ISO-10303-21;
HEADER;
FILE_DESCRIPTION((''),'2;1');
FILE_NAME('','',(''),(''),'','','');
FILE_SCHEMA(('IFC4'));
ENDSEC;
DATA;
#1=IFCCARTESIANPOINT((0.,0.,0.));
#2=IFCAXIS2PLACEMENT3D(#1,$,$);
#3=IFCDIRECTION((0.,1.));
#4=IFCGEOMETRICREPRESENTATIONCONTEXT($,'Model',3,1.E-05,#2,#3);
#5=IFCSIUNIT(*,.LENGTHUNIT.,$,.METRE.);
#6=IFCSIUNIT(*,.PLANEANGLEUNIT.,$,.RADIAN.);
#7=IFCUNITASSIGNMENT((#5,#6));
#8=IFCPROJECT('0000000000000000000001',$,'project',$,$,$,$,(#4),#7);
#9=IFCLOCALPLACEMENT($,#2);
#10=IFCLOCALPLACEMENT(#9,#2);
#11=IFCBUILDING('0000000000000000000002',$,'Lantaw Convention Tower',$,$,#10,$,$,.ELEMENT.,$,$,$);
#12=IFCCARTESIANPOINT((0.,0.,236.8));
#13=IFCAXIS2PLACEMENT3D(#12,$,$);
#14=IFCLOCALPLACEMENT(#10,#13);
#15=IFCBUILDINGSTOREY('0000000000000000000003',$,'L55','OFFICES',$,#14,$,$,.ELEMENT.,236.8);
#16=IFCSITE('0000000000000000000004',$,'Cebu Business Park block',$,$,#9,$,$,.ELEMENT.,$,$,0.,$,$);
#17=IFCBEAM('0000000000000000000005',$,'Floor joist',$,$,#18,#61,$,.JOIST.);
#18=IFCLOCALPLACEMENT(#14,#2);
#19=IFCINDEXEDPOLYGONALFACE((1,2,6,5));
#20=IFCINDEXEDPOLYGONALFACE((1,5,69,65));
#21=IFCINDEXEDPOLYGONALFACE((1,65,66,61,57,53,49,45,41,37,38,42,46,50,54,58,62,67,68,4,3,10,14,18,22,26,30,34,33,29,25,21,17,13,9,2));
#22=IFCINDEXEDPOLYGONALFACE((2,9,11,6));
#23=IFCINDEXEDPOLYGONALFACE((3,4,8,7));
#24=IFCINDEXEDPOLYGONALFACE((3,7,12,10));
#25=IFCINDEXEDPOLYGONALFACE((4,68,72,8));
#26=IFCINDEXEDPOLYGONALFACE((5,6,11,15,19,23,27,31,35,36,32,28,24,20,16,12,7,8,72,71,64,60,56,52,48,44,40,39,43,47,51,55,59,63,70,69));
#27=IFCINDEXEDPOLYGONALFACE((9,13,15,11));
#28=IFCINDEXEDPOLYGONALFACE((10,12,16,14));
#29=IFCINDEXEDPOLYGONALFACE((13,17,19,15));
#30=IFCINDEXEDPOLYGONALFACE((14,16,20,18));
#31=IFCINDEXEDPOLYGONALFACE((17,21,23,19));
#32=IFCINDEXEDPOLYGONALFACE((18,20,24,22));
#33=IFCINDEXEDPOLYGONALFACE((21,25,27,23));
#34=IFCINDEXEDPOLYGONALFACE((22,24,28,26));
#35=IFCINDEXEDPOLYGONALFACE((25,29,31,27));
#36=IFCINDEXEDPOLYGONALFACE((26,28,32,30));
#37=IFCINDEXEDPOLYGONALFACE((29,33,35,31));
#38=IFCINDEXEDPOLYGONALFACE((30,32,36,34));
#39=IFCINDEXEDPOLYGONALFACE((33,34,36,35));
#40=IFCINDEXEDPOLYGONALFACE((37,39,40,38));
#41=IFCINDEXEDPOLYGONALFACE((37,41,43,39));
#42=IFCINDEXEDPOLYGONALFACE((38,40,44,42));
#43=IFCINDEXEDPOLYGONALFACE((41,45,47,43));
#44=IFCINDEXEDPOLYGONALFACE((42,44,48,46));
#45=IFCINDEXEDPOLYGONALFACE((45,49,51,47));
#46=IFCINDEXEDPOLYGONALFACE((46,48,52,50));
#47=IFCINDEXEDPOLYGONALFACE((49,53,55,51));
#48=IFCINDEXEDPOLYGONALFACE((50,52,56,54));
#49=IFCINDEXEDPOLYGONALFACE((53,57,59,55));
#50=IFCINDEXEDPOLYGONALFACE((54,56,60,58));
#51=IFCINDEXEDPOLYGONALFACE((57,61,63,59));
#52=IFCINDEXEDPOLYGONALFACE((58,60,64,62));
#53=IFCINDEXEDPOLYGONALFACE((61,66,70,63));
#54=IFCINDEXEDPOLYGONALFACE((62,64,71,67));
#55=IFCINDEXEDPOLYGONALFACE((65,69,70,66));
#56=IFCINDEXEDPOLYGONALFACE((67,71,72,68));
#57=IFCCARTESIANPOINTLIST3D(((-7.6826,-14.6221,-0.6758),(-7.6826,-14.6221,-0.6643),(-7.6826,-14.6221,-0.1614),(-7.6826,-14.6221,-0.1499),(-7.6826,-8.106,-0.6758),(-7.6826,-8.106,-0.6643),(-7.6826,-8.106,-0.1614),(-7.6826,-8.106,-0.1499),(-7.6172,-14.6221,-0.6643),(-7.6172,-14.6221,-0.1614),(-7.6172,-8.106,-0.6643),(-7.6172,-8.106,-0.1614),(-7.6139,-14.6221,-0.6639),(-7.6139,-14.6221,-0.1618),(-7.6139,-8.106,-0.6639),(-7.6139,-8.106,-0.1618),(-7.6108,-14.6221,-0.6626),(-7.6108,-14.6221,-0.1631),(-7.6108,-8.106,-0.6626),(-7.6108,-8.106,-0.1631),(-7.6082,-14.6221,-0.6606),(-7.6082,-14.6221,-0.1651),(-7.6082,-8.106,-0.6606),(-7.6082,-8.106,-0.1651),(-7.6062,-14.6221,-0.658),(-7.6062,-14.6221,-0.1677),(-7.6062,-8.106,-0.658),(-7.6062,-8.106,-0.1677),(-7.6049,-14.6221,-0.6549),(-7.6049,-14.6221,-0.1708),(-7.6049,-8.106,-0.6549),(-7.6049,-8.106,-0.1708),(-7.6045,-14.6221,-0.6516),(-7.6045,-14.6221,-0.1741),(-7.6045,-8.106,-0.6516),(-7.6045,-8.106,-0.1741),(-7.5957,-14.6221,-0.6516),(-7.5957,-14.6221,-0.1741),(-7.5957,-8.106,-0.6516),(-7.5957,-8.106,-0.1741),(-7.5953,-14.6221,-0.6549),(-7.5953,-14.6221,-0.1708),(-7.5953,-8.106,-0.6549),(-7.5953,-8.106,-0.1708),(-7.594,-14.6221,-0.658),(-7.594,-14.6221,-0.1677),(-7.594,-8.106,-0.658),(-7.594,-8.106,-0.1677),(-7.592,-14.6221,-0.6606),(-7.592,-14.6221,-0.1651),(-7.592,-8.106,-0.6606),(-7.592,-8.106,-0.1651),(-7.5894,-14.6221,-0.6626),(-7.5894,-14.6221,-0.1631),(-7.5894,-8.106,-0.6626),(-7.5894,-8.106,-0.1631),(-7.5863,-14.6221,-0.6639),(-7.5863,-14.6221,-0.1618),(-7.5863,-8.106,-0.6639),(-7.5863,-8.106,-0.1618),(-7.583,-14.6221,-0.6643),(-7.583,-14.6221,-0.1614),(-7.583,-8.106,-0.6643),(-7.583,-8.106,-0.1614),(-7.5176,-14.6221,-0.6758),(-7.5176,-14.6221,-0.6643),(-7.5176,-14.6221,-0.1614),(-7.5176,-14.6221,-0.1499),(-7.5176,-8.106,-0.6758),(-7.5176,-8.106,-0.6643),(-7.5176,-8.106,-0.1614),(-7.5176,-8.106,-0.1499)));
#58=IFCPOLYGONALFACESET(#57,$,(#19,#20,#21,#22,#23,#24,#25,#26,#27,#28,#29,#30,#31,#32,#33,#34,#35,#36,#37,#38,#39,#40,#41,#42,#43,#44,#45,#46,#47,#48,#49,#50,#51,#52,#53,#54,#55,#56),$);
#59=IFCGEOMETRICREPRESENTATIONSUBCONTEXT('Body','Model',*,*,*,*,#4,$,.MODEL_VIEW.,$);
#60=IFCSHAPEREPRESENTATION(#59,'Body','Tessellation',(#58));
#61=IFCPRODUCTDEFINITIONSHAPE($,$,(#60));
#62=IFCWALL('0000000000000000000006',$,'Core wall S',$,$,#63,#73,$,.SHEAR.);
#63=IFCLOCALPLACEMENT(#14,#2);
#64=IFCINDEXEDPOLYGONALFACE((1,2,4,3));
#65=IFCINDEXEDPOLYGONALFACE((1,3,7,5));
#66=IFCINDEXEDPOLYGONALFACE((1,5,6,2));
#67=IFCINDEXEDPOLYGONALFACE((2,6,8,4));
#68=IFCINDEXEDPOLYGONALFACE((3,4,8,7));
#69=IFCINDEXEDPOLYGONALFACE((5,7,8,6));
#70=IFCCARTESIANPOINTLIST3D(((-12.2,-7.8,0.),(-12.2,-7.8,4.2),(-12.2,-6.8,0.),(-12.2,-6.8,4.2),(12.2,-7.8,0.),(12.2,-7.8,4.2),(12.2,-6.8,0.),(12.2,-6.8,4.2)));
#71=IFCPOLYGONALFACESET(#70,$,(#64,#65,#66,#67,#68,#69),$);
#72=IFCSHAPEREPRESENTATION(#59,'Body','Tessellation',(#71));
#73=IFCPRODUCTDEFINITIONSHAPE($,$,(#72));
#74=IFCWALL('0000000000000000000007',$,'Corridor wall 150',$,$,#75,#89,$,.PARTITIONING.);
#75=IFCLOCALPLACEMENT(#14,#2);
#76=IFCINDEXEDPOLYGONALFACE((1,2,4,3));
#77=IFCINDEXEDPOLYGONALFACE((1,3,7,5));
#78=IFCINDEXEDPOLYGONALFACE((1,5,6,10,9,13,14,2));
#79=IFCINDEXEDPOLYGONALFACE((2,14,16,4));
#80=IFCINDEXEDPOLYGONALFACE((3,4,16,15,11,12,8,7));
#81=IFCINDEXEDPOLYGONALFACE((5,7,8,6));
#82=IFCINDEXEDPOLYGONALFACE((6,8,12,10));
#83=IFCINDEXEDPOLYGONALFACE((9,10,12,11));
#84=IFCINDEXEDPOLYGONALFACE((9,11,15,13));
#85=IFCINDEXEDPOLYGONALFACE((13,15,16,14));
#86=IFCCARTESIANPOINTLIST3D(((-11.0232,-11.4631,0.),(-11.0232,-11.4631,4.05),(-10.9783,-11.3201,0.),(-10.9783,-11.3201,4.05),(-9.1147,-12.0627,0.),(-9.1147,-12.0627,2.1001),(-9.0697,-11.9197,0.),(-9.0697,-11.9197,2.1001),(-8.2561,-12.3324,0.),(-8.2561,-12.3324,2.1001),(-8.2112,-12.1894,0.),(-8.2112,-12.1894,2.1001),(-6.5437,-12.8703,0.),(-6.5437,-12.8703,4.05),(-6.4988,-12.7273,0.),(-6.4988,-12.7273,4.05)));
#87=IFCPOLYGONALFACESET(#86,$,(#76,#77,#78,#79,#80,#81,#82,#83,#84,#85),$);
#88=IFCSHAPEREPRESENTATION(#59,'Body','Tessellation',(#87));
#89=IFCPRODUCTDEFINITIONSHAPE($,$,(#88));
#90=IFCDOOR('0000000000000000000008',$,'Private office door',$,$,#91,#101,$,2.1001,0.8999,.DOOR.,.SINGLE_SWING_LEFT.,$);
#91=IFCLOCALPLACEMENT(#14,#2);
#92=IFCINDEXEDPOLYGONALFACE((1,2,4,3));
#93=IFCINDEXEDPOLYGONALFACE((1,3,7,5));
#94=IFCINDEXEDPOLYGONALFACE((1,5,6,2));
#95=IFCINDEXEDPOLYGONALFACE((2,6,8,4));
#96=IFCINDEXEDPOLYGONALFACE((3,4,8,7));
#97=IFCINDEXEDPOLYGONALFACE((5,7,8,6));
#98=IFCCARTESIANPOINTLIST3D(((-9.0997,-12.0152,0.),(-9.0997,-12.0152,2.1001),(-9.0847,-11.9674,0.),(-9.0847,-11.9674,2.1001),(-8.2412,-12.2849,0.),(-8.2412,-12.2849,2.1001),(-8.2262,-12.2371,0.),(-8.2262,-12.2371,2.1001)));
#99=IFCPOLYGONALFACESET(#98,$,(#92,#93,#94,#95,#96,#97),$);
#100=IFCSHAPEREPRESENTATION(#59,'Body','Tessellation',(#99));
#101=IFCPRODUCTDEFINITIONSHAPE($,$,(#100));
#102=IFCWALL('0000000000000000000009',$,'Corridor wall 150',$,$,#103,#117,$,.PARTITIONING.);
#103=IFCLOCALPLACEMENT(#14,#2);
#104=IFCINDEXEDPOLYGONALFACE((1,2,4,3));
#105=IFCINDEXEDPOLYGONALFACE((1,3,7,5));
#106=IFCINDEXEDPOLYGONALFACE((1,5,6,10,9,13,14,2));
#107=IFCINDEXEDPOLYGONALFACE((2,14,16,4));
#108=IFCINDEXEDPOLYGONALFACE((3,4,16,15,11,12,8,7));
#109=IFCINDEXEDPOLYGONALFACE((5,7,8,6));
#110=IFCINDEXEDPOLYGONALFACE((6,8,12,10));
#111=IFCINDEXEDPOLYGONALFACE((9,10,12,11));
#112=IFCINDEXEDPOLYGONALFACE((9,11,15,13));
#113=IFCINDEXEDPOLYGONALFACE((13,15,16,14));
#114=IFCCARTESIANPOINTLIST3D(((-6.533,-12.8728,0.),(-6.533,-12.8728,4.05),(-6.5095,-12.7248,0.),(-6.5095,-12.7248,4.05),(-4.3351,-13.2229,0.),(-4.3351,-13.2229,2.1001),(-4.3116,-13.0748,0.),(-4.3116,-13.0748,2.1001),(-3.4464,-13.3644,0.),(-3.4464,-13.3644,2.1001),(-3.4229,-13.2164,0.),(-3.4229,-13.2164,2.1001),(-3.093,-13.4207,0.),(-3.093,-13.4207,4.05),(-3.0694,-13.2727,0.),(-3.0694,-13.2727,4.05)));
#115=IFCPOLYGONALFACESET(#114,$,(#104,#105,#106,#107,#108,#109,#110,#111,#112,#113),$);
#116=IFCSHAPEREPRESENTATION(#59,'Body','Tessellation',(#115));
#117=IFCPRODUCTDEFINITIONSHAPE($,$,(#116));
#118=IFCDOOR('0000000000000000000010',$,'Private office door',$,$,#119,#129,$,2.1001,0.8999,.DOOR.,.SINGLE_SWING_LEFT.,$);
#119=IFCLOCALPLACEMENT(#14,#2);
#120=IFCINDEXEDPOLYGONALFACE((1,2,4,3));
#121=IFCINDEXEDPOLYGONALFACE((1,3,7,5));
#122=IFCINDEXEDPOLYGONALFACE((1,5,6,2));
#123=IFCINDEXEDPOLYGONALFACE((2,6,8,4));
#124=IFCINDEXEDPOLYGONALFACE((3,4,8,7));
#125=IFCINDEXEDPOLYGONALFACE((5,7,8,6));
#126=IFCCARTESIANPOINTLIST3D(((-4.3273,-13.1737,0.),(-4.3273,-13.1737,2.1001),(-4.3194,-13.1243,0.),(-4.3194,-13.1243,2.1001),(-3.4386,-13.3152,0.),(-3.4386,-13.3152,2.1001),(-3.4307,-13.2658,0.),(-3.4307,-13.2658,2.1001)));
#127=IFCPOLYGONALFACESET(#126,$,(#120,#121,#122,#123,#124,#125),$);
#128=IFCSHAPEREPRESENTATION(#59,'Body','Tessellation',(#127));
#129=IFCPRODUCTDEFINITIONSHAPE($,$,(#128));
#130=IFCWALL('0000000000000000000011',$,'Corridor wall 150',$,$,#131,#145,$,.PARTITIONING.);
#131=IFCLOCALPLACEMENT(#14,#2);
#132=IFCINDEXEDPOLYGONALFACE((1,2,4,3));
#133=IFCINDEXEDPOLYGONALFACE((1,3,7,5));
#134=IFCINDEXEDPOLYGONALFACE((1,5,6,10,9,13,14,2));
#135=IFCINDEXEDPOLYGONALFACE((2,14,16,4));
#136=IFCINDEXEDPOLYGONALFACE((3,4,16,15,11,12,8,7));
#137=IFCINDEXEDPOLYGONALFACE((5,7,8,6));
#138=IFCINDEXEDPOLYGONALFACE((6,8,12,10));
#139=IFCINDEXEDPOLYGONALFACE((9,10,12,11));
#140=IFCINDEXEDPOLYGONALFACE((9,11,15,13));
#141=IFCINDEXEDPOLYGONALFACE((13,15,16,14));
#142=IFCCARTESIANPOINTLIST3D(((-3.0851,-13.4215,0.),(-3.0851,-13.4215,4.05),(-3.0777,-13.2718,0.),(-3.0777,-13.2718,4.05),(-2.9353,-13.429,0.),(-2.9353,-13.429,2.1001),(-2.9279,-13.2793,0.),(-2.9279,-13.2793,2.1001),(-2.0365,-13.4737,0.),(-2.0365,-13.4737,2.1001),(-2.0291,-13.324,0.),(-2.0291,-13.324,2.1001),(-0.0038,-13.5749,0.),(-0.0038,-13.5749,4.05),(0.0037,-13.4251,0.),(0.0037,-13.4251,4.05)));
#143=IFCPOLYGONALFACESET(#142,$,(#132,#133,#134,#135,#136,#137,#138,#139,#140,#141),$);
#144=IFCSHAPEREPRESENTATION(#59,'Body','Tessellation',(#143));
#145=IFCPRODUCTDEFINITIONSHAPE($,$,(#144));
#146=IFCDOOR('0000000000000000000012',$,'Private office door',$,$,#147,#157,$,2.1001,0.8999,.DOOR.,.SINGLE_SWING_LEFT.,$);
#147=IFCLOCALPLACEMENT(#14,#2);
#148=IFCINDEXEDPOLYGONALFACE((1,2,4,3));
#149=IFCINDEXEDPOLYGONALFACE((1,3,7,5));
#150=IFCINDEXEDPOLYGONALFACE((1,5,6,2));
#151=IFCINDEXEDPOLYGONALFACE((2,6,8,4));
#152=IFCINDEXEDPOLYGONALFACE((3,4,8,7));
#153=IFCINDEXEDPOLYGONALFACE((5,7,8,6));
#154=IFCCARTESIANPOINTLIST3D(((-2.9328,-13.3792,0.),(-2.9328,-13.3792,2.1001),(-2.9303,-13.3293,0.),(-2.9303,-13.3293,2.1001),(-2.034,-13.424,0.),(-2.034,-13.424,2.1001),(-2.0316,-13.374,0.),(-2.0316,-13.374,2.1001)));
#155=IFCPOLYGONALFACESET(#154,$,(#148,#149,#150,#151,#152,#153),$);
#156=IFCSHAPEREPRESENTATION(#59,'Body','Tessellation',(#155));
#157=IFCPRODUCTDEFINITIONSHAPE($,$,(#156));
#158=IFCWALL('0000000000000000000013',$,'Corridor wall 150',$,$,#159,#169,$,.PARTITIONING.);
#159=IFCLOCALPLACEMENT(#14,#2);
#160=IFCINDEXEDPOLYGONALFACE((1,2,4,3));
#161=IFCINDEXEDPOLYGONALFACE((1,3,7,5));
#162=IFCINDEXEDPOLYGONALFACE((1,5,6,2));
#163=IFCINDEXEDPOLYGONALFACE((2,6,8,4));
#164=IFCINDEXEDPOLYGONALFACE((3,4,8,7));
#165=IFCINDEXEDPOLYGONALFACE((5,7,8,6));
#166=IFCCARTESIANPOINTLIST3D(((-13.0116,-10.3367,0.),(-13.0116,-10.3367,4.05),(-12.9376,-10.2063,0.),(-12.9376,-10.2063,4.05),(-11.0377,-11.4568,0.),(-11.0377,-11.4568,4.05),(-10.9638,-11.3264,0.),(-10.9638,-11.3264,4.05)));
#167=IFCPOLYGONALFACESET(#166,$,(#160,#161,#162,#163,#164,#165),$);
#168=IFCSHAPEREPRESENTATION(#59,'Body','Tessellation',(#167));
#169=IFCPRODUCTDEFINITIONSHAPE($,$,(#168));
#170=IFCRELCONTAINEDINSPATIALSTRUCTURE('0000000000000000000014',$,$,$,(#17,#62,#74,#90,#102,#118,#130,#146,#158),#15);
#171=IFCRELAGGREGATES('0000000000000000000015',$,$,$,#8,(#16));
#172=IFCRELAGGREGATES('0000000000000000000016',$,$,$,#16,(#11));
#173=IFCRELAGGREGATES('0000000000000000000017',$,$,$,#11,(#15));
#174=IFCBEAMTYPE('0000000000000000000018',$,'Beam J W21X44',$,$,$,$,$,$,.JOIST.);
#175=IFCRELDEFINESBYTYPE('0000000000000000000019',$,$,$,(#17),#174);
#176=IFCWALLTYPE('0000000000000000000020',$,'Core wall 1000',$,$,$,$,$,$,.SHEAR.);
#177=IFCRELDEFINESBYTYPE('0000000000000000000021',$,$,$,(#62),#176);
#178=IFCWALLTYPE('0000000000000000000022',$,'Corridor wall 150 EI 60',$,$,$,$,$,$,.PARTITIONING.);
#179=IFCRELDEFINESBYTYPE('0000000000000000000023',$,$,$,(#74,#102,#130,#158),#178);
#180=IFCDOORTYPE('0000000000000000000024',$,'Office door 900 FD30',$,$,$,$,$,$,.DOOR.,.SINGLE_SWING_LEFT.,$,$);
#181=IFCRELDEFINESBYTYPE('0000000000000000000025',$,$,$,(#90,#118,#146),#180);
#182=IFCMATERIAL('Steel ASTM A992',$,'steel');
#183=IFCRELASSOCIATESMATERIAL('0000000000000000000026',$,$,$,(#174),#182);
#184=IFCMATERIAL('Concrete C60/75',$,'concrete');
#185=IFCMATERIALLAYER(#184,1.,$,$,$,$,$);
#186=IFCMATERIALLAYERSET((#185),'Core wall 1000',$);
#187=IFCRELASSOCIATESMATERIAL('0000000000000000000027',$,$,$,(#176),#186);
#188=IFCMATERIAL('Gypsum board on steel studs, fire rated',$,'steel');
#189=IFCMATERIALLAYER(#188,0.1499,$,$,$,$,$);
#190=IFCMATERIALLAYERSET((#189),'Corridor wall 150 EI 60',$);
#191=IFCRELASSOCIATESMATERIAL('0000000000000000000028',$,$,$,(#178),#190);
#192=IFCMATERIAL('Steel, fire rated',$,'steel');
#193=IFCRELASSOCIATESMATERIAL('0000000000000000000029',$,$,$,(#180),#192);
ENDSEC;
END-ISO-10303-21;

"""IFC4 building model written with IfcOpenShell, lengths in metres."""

from ifc_helpers import new_model, si_unit, direction, frame, frame_2d, origin, origin_2d, place, context, subcontext, project, spatial, rectangle, i_section, extrude, material, layer, layer_set, material_profile, profile_set, type_object, element, fill, save


model = new_model("IFC4")

# Units and contexts
model_context = context("Model", 3, precision=1e-05, world=origin(), true_north=direction((0.0, 1.0)))
body_context = subcontext(model_context, "Body", "Model", "MODEL_VIEW")
ifc_project = project(units=[si_unit("LENGTHUNIT", "METRE"), si_unit("PLANEANGLEUNIT", "RADIAN")], contexts=[model_context])

# Site, building, storey
site_placement = place(None, origin())
site = spatial("IfcSite", under=ifc_project, at=site_placement, Name="Cebu Business Park block", CompositionType="ELEMENT", RefElevation=0.0)
building_placement = place(site_placement, origin())
building = spatial("IfcBuilding", under=site, at=building_placement, Name="Lantaw Convention Tower", CompositionType="ELEMENT")
storey_placement = place(building_placement, frame((0.0, 0.0, 236.8)))
storey = spatial("IfcBuildingStorey", under=building, at=storey_placement, Name="L55", Description="OFFICES", CompositionType="ELEMENT", Elevation=236.8)

# Shared definitions
ifc_material_1 = material(Name="Concrete C60/75", Category="concrete")

# Beam
ifc_material_2 = material(Name="Steel ASTM A992", Category="steel")
ifc_material_profile_1 = material_profile(ifc_material_2, i_section(OverallWidth=0.165, OverallDepth=0.5259, WebThickness=0.0088, FlangeThickness=0.0115, FilletRadius=0.0127, at=origin_2d()), Name="W21X44")
ifc_profile_set_1 = profile_set([ifc_material_profile_1], Name="Steel ASTM A992")
beam_type_1 = type_object("IfcBeamType", Name="Beam J W21X44", PredefinedType="JOIST", material=ifc_profile_set_1)
beam_1_placement = place(storey_placement, frame((-7.6001, -14.6221, -0.4128), z_axis=(0.0, 1.0, 0.0), x_axis=(-1.0, 0.0, 0.0)))
element("IfcBeam", 1, at=beam_1_placement, inside=storey, type_object=beam_type_1, Name="Floor joist", PredefinedType="JOIST", context=body_context, shape_type="SweptSolid", body=[
    extrude(i_section(OverallWidth=0.165, OverallDepth=0.5259, WebThickness=0.0088, FlangeThickness=0.0115, FilletRadius=0.0127, at=origin_2d()), origin(), (0.0, 0.0, 1.0), 6.5161),
])

# Wall
ifc_layer_1 = layer(ifc_material_1, 1.0)
ifc_layer_set_1 = layer_set([ifc_layer_1], Name="Core wall 1000")
wall_type_1 = type_object("IfcWallType", Name="Core wall 1000", PredefinedType="SHEAR", material=ifc_layer_set_1)
wall_1_placement = place(storey_placement, frame((-12.2, -7.3, 0.0), z_axis=(0.0, 0.0, 1.0), x_axis=(1.0, 0.0, 0.0)))
element("IfcWall", 2, at=wall_1_placement, inside=storey, type_object=wall_type_1, Name="Core wall S", PredefinedType="SHEAR", context=body_context, shape_type="SweptSolid", body=[
    extrude(rectangle(XDim=24.3999, YDim=1.0, at=frame_2d((12.2, 0.0))), origin(), (0.0, 0.0, 1.0), 4.2),
])

# Walls, openings, doors
ifc_material_3 = material(Name="Gypsum board on steel studs, fire rated", Category="steel")
ifc_layer_2 = layer(ifc_material_3, 0.1499)
ifc_layer_set_2 = layer_set([ifc_layer_2], Name="Corridor wall 150 EI 60")
wall_type_2 = type_object("IfcWallType", Name="Corridor wall 150 EI 60", PredefinedType="PARTITIONING", material=ifc_layer_set_2)
wall_2_placement = place(storey_placement, frame((-11.0007, -11.3916, 0.0), z_axis=(0.0, 0.0, 1.0), x_axis=(0.954031, -0.299708, 0.0)))
wall_2 = element("IfcWall", 3, at=wall_2_placement, inside=storey, type_object=wall_type_2, Name="Corridor wall 150", PredefinedType="PARTITIONING", context=body_context, shape_type="SweptSolid", body=[
    extrude(rectangle(XDim=4.6953, YDim=0.1499, at=frame_2d((2.3477, 0.0))), origin(), (0.0, 0.0, 1.0), 4.05),
])
opening_1_placement = place(wall_2_placement, frame((2.0005, 0.0, 0.0)))
opening_1 = element("IfcOpeningElement", 4, at=opening_1_placement, cuts=wall_2, PredefinedType="OPENING", context=body_context, shape_type="SweptSolid", body=[
    extrude(rectangle(XDim=0.8999, YDim=2.1001, at=frame_2d((0.45, 1.05))), frame((0.0, 0.085, 0.0), z_axis=(0.0, -1.0, 0.0), x_axis=(1.0, 0.0, 0.0)), (0.0, 0.0, 1.0), 0.1699),
])
ifc_material_4 = material(Name="Steel, fire rated", Category="steel")
door_type_1 = type_object("IfcDoorType", Name="Office door 900 FD30", OperationType="SINGLE_SWING_LEFT", PredefinedType="DOOR", material=ifc_material_4)
door_1_placement = place(opening_1_placement, origin())
door_1 = element("IfcDoor", 5, at=door_1_placement, inside=storey, type_object=door_type_1, Name="Private office door", OperationType="SINGLE_SWING_LEFT", OverallHeight=2.1001, OverallWidth=0.8999, PredefinedType="DOOR", context=body_context, shape_type="SweptSolid", body=[
    extrude(rectangle(XDim=0.8999, YDim=2.1001, at=frame_2d((0.45, 1.05))), frame((0.0, 0.0249, 0.0), z_axis=(0.0, -1.0, 0.0), x_axis=(1.0, 0.0, 0.0)), (0.0, 0.0, 1.0), 0.05),
])
fill(opening_1, door_1)
wall_3_placement = place(storey_placement, frame((-6.5212, -12.7988, 0.0), z_axis=(0.0, 0.0, 1.0), x_axis=(0.987554, -0.15728, 0.0)))
wall_3 = element("IfcWall", 6, at=wall_3_placement, inside=storey, type_object=wall_type_2, Name="Corridor wall 150", PredefinedType="PARTITIONING", context=body_context, shape_type="SweptSolid", body=[
    extrude(rectangle(XDim=3.4834, YDim=0.1499, at=frame_2d((1.7417, 0.0))), origin(), (0.0, 0.0, 1.0), 4.05),
])
opening_2_placement = place(wall_3_placement, frame((2.2256, 0.0, 0.0)))
opening_2 = element("IfcOpeningElement", 7, at=opening_2_placement, cuts=wall_3, PredefinedType="OPENING", context=body_context, shape_type="SweptSolid", body=[
    extrude(rectangle(XDim=0.8999, YDim=2.1001, at=frame_2d((0.45, 1.05))), frame((0.0, 0.085, 0.0), z_axis=(0.0, -1.0, 0.0), x_axis=(1.0, 0.0, 0.0)), (0.0, 0.0, 1.0), 0.1699),
])
door_2_placement = place(opening_2_placement, origin())
door_2 = element("IfcDoor", 8, at=door_2_placement, inside=storey, type_object=door_type_1, Name="Private office door", OperationType="SINGLE_SWING_LEFT", OverallHeight=2.1001, OverallWidth=0.8999, PredefinedType="DOOR", context=body_context, shape_type="SweptSolid", body=[
    extrude(rectangle(XDim=0.8999, YDim=2.1001, at=frame_2d((0.45, 1.05))), frame((0.0, 0.0249, 0.0), z_axis=(0.0, -1.0, 0.0), x_axis=(1.0, 0.0, 0.0)), (0.0, 0.0, 1.0), 0.05),
])
fill(opening_2, door_2)
wall_4_placement = place(storey_placement, frame((-3.0813, -13.3467, 0.0), z_axis=(0.0, 0.0, 1.0), x_axis=(0.998764, -0.049697, 0.0)))
wall_4 = element("IfcWall", 9, at=wall_4_placement, inside=storey, type_object=wall_type_2, Name="Corridor wall 150", PredefinedType="PARTITIONING", context=body_context, shape_type="SweptSolid", body=[
    extrude(rectangle(XDim=3.0852, YDim=0.1499, at=frame_2d((1.5425, 0.0))), origin(), (0.0, 0.0, 1.0), 4.05),
])
opening_3_placement = place(wall_4_placement, frame((0.1499, 0.0, 0.0)))
opening_3 = element("IfcOpeningElement", 10, at=opening_3_placement, cuts=wall_4, PredefinedType="OPENING", context=body_context, shape_type="SweptSolid", body=[
    extrude(rectangle(XDim=0.8999, YDim=2.1001, at=frame_2d((0.45, 1.05))), frame((0.0, 0.085, 0.0), z_axis=(0.0, -1.0, 0.0), x_axis=(1.0, 0.0, 0.0)), (0.0, 0.0, 1.0), 0.1699),
])
door_3_placement = place(opening_3_placement, origin())
door_3 = element("IfcDoor", 11, at=door_3_placement, inside=storey, type_object=door_type_1, Name="Private office door", OperationType="SINGLE_SWING_LEFT", OverallHeight=2.1001, OverallWidth=0.8999, PredefinedType="DOOR", context=body_context, shape_type="SweptSolid", body=[
    extrude(rectangle(XDim=0.8999, YDim=2.1001, at=frame_2d((0.45, 1.05))), frame((0.0, 0.0249, 0.0), z_axis=(0.0, -1.0, 0.0), x_axis=(1.0, 0.0, 0.0)), (0.0, 0.0, 1.0), 0.05),
])
fill(opening_3, door_3)

# Wall
wall_5_placement = place(storey_placement, frame((-12.9746, -10.2715, 0.0), z_axis=(0.0, 0.0, 1.0), x_axis=(0.869722, -0.493542, 0.0)))
element("IfcWall", 12, at=wall_5_placement, inside=storey, type_object=wall_type_2, Name="Corridor wall 150", PredefinedType="PARTITIONING", context=body_context, shape_type="SweptSolid", body=[
    extrude(rectangle(XDim=2.2695, YDim=0.1499, at=frame_2d((1.1348, 0.0))), origin(), (0.0, 0.0, 1.0), 4.05),
])

save(model, "model.ifc")
